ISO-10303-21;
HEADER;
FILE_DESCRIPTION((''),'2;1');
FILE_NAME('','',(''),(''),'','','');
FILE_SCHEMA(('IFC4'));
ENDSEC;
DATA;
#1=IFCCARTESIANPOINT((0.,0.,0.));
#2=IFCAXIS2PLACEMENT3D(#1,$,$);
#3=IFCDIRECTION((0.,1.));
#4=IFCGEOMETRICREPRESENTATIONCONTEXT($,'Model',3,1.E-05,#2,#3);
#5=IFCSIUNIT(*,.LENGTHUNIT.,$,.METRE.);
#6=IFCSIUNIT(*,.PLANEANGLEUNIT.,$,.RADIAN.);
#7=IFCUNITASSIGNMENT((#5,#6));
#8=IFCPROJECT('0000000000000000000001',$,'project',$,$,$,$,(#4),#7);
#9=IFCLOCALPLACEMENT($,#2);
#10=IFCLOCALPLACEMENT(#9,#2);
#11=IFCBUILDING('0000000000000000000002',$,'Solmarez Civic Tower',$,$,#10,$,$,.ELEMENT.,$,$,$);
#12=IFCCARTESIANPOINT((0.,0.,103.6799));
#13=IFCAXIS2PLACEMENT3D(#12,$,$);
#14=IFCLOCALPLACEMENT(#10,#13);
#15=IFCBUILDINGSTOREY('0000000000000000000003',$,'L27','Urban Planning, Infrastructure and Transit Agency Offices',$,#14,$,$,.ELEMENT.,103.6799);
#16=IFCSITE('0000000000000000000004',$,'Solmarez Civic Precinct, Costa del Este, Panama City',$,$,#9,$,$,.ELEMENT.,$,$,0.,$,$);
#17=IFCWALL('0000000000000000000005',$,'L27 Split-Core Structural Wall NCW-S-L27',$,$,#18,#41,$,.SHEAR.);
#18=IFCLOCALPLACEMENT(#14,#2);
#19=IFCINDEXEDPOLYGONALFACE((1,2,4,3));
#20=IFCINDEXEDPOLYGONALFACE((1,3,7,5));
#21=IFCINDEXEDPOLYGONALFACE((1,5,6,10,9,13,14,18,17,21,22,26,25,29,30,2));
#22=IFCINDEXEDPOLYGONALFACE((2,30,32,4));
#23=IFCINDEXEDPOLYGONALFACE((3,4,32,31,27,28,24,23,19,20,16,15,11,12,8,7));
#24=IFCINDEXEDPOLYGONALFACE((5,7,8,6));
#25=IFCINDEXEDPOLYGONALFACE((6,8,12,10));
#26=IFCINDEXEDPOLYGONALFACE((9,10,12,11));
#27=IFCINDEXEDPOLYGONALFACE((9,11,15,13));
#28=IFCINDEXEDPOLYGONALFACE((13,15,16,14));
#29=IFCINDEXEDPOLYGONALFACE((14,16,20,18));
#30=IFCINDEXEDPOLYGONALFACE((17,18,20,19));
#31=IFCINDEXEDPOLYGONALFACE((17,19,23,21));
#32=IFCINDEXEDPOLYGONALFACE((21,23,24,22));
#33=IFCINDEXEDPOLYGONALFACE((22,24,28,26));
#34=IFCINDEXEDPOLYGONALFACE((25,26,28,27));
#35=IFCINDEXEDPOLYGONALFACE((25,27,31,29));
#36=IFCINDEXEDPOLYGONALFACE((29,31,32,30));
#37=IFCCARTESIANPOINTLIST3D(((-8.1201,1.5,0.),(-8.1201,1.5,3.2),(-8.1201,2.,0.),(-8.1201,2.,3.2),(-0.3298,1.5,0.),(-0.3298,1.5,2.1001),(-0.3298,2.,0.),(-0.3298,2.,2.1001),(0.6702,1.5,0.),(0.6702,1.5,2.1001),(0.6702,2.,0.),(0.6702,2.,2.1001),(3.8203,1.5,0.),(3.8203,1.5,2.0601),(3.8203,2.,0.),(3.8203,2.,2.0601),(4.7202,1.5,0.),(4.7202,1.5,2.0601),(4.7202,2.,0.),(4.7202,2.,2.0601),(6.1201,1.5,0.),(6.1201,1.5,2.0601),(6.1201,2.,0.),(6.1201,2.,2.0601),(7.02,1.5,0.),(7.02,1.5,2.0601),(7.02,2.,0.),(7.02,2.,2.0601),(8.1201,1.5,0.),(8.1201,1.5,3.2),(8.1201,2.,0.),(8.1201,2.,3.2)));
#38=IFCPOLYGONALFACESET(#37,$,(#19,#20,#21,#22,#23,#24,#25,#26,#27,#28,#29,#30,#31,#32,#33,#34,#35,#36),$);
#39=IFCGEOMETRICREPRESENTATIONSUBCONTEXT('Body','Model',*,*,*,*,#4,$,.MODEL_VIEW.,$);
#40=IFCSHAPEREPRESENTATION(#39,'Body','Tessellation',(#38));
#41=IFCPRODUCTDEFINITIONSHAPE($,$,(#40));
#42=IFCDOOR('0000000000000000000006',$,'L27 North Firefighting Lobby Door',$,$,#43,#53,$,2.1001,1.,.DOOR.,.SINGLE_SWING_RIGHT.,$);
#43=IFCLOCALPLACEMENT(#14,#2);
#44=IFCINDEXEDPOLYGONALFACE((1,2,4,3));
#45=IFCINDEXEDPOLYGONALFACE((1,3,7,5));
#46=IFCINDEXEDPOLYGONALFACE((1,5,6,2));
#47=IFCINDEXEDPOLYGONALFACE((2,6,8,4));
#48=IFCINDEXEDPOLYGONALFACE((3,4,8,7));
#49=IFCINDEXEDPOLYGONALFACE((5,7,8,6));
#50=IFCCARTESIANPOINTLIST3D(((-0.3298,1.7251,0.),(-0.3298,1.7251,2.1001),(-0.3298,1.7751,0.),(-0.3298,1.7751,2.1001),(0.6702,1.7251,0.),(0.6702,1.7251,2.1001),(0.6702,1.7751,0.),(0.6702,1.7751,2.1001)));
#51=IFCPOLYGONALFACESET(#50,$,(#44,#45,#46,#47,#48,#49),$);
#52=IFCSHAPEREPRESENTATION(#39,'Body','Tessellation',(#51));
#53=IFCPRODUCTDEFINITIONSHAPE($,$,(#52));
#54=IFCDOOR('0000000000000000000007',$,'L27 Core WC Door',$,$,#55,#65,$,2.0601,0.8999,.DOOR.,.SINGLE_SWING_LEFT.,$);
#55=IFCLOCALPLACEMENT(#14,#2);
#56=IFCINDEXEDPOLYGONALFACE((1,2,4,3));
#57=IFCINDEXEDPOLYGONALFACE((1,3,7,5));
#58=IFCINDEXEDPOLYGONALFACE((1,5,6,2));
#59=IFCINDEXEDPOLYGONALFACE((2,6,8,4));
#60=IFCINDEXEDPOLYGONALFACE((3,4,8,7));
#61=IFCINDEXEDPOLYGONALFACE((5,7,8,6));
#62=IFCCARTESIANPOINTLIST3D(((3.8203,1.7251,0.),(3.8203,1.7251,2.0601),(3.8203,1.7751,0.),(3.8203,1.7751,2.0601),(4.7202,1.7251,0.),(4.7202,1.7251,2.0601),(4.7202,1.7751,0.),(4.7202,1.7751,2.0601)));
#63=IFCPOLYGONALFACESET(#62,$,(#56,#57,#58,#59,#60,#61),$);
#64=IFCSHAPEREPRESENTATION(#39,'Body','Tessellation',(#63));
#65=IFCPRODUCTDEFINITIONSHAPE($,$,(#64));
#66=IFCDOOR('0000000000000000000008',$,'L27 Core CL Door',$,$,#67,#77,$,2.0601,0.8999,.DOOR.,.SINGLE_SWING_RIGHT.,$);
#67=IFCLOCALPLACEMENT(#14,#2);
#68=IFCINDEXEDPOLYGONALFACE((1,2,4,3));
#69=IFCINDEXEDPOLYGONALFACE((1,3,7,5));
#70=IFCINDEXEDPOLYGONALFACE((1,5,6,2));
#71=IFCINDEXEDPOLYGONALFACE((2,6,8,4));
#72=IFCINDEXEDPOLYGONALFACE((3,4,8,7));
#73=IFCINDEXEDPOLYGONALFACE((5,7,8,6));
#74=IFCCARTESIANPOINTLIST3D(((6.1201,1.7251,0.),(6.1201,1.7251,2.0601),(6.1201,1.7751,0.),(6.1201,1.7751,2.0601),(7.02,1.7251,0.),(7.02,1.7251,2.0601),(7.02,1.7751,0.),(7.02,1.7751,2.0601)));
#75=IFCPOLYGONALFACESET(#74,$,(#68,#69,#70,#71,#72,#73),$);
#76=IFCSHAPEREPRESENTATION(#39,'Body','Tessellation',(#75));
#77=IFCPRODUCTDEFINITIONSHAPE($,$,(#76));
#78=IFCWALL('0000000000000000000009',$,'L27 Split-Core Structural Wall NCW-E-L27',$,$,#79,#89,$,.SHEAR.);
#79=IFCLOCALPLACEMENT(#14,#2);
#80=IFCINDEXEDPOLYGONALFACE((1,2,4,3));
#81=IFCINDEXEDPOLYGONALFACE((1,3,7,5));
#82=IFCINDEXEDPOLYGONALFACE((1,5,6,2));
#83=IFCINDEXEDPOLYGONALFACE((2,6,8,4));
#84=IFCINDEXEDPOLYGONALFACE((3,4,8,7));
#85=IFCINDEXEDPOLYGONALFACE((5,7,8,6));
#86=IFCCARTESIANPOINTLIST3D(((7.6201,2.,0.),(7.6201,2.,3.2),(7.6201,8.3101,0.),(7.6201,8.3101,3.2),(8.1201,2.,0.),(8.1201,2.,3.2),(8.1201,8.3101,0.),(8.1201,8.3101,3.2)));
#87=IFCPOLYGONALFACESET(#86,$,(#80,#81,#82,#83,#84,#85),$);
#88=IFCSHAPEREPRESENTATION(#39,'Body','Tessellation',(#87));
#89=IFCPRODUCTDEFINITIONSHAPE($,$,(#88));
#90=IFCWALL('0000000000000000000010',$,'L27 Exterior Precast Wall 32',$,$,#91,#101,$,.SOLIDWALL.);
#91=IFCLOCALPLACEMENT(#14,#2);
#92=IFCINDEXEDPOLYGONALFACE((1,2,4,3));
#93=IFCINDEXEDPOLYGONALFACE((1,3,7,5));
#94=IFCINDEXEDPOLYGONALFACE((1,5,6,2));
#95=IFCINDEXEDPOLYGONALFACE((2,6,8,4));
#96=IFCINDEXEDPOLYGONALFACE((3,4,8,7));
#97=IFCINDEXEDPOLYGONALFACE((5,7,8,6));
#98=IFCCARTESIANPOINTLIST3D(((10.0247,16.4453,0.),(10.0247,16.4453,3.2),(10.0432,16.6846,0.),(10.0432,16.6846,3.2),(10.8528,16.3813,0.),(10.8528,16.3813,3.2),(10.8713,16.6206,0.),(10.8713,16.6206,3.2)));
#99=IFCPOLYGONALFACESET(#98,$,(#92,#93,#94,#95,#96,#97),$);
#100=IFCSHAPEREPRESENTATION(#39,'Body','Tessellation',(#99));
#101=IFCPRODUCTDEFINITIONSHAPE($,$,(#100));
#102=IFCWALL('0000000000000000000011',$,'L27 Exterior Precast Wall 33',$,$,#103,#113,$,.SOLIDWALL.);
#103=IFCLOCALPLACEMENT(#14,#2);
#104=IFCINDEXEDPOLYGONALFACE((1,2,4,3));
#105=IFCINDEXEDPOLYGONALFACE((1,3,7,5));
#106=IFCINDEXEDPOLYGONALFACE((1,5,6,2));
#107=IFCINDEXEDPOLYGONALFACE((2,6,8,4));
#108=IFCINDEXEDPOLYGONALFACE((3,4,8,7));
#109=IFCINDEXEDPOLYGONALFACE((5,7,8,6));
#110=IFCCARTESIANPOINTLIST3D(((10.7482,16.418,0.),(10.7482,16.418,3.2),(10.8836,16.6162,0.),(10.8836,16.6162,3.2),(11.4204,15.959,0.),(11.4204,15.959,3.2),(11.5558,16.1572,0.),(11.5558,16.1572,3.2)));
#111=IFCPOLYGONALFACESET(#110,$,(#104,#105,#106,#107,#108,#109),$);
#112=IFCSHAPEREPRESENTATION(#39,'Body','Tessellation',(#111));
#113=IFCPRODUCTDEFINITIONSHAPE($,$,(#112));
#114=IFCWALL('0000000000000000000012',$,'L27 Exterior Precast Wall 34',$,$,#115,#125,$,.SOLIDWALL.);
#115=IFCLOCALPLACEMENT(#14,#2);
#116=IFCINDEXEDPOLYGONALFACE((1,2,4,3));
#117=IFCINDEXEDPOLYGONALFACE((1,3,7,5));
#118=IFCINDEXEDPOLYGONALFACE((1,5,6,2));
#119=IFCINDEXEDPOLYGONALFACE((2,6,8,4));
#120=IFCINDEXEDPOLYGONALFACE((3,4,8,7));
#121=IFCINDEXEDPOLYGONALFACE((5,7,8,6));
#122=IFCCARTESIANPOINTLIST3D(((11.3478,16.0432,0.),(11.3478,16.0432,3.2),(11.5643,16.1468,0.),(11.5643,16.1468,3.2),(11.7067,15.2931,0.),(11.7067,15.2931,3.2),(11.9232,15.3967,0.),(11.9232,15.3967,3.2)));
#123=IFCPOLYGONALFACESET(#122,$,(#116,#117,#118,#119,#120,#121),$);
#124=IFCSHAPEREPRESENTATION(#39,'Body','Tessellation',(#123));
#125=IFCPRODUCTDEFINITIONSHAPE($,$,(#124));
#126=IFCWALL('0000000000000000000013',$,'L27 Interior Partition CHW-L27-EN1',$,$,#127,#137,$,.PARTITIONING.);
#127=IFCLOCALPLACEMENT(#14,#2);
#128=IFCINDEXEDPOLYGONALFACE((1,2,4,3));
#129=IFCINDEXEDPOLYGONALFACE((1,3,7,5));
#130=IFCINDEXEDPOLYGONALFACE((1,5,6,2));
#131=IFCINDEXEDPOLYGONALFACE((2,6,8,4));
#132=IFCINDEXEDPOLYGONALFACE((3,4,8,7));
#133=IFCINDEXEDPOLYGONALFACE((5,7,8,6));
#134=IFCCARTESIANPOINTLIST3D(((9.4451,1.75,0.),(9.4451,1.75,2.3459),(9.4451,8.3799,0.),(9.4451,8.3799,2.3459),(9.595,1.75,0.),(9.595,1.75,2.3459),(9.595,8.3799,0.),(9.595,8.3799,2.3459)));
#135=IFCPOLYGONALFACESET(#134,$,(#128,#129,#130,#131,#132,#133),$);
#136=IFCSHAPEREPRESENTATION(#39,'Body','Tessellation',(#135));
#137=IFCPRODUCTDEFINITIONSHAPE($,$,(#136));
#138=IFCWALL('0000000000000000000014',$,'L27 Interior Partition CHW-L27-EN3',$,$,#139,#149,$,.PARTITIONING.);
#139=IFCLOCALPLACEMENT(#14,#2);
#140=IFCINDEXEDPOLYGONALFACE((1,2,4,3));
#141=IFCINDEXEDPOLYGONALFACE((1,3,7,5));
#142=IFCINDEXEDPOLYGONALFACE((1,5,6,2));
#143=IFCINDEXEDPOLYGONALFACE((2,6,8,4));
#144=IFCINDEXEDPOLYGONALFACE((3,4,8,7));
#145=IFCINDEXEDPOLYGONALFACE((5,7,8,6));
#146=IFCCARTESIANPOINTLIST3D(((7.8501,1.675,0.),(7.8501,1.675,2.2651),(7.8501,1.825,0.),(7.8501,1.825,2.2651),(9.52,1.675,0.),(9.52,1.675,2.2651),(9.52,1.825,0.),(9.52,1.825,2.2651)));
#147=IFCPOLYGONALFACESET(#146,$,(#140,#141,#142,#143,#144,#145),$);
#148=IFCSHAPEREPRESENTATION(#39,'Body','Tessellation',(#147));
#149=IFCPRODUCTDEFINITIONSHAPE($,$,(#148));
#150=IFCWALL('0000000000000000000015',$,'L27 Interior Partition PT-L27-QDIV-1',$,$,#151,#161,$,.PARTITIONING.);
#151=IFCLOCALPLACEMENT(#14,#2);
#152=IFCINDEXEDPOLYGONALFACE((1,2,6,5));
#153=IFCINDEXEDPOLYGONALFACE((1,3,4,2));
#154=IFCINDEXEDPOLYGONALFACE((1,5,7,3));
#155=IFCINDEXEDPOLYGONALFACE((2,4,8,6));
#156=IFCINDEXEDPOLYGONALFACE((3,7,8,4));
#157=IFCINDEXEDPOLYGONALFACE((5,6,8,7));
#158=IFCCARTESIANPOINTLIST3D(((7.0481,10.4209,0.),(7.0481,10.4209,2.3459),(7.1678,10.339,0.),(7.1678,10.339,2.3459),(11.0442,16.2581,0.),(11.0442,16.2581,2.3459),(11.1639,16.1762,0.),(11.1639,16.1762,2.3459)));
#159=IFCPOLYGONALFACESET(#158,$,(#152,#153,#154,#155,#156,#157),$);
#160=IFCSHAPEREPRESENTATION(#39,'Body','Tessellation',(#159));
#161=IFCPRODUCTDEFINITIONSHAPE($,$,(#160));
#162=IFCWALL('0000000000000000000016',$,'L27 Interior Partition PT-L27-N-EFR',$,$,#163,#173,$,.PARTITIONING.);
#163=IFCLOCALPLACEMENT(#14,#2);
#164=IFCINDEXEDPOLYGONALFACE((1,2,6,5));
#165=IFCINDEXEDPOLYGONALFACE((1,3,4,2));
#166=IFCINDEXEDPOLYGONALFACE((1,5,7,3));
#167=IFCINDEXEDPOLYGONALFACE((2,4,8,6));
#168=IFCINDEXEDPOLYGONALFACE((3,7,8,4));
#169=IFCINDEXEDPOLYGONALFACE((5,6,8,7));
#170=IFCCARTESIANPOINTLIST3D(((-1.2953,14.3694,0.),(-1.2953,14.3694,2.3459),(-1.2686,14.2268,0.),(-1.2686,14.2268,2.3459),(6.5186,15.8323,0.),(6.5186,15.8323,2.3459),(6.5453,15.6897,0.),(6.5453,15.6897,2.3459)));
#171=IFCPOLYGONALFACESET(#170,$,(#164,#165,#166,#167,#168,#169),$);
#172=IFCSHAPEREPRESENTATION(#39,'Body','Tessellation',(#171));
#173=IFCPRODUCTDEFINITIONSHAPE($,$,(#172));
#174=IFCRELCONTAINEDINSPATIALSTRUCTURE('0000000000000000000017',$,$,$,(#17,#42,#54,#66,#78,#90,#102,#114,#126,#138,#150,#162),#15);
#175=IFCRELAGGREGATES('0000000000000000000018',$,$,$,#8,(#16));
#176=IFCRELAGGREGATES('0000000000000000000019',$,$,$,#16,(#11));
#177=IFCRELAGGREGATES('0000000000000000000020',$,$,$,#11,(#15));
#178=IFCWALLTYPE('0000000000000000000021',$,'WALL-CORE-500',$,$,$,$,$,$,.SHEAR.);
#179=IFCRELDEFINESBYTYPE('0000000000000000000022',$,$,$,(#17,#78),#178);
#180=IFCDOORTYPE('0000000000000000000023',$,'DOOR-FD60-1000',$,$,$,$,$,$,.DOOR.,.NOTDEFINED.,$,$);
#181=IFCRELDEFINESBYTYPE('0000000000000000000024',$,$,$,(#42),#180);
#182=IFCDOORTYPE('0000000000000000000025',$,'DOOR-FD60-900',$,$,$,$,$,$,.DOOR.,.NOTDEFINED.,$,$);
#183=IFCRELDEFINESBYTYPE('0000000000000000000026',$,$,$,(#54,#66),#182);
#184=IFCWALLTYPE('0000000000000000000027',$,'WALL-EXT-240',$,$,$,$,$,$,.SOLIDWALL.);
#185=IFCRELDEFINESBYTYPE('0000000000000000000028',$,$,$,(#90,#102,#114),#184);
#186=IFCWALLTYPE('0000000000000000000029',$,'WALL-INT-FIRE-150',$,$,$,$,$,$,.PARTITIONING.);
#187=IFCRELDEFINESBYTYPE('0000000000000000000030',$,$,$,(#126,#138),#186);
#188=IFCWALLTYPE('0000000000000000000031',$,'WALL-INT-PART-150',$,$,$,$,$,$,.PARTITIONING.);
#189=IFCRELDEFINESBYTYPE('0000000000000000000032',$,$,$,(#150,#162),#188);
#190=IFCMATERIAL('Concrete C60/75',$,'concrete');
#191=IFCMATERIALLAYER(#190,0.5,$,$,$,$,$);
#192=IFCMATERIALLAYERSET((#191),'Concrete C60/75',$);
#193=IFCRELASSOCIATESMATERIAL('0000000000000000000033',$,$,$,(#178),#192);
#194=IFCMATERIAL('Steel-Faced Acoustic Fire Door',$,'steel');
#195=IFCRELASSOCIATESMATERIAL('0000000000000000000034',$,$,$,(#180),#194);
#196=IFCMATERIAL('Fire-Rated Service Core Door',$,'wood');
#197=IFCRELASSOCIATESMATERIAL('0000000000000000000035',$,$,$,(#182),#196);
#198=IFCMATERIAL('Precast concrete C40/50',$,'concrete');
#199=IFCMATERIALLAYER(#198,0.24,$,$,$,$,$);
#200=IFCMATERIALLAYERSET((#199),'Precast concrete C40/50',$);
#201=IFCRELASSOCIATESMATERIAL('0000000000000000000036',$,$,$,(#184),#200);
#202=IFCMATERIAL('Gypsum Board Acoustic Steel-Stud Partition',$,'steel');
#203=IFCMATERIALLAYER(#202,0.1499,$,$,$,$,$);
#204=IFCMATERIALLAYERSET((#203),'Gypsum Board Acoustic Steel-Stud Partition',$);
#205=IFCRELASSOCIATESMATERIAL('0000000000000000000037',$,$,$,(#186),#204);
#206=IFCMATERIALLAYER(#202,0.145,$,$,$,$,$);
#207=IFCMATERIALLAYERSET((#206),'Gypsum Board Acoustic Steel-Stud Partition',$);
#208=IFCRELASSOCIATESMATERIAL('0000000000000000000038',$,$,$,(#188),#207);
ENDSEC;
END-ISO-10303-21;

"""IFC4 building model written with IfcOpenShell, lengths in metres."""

from ifc_helpers import new_model, si_unit, direction, frame, frame_2d, origin, place, context, subcontext, project, spatial, rectangle, extrude, material, layer, layer_set, type_object, element, fill, save


model = new_model("IFC4")

# Units and contexts
model_context = context("Model", 3, precision=1e-05, world=origin(), true_north=direction((0.0, 1.0)))
body_context = subcontext(model_context, "Body", "Model", "MODEL_VIEW")
ifc_project = project(units=[si_unit("LENGTHUNIT", "METRE"), si_unit("PLANEANGLEUNIT", "RADIAN")], contexts=[model_context])

# Site, building, storey
site_placement = place(None, origin())
site = spatial("IfcSite", under=ifc_project, at=site_placement, Name="Solmarez Civic Precinct, Costa del Este, Panama City", CompositionType="ELEMENT", RefElevation=0.0)
building_placement = place(site_placement, origin())
building = spatial("IfcBuilding", under=site, at=building_placement, Name="Solmarez Civic Tower", CompositionType="ELEMENT")
storey_placement = place(building_placement, frame((0.0, 0.0, 103.6799)))
storey = spatial("IfcBuildingStorey", under=building, at=storey_placement, Name="L27", Description="Urban Planning, Infrastructure and Transit Agency Offices", CompositionType="ELEMENT", Elevation=103.6799)

# Shared definitions
ifc_material_1 = material(Name="Concrete C60/75", Category="concrete")

# Wall, openings, doors
ifc_layer_1 = layer(ifc_material_1, 0.5)
ifc_layer_set_1 = layer_set([ifc_layer_1], Name="Concrete C60/75")
wall_type_1 = type_object("IfcWallType", Name="WALL-CORE-500", PredefinedType="SHEAR", material=ifc_layer_set_1)
wall_1_placement = place(storey_placement, frame((8.1201, 1.75, 0.0), z_axis=(0.0, 0.0, 1.0), x_axis=(-1.0, 0.0, 0.0)))
wall_1 = element("IfcWall", 1, at=wall_1_placement, inside=storey, type_object=wall_type_1, Name="L27 Split-Core Structural Wall NCW-S-L27", PredefinedType="SHEAR", context=body_context, shape_type="SweptSolid", body=[
    extrude(rectangle(XDim=16.2402, YDim=0.5, at=frame_2d((8.1201, 0.0))), origin(), (0.0, 0.0, 1.0), 3.2),
])
opening_1_placement = place(wall_1_placement, frame((7.45, 0.0, 0.0)))
opening_1 = element("IfcOpeningElement", 2, at=opening_1_placement, cuts=wall_1, PredefinedType="OPENING", context=body_context, shape_type="SweptSolid", body=[
    extrude(rectangle(XDim=1.0, YDim=2.1001, at=frame_2d((0.5, 1.05))), frame((0.0, 0.26, 0.0), z_axis=(0.0, -1.0, 0.0), x_axis=(1.0, 0.0, 0.0)), (0.0, 0.0, 1.0), 0.52),
])
opening_2_placement = place(wall_1_placement, frame((3.3999, 0.0, 0.0)))
opening_2 = element("IfcOpeningElement", 3, at=opening_2_placement, cuts=wall_1, PredefinedType="OPENING", context=body_context, shape_type="SweptSolid", body=[
    extrude(rectangle(XDim=0.8999, YDim=2.0601, at=frame_2d((0.45, 1.03))), frame((0.0, 0.26, 0.0), z_axis=(0.0, -1.0, 0.0), x_axis=(1.0, 0.0, 0.0)), (0.0, 0.0, 1.0), 0.52),
])
opening_3_placement = place(wall_1_placement, frame((1.1001, 0.0, 0.0)))
opening_3 = element("IfcOpeningElement", 4, at=opening_3_placement, cuts=wall_1, PredefinedType="OPENING", context=body_context, shape_type="SweptSolid", body=[
    extrude(rectangle(XDim=0.8999, YDim=2.0601, at=frame_2d((0.45, 1.03))), frame((0.0, 0.26, 0.0), z_axis=(0.0, -1.0, 0.0), x_axis=(1.0, 0.0, 0.0)), (0.0, 0.0, 1.0), 0.52),
])
ifc_material_2 = material(Name="Steel-Faced Acoustic Fire Door", Category="steel")
door_type_1 = type_object("IfcDoorType", Name="DOOR-FD60-1000", OperationType="NOTDEFINED", PredefinedType="DOOR", material=ifc_material_2)
door_1_placement = place(opening_1_placement, origin())
door_1 = element("IfcDoor", 5, at=door_1_placement, inside=storey, type_object=door_type_1, Name="L27 North Firefighting Lobby Door", OperationType="SINGLE_SWING_RIGHT", OverallHeight=2.1001, OverallWidth=1.0, PredefinedType="DOOR", context=body_context, shape_type="SweptSolid", body=[
    extrude(rectangle(XDim=1.0, YDim=2.1001, at=frame_2d((0.5, 1.05))), frame((0.0, 0.0249, 0.0), z_axis=(0.0, -1.0, 0.0), x_axis=(1.0, 0.0, 0.0)), (0.0, 0.0, 1.0), 0.05),
])
fill(opening_1, door_1)
ifc_material_3 = material(Name="Fire-Rated Service Core Door", Category="wood")
door_type_2 = type_object("IfcDoorType", Name="DOOR-FD60-900", OperationType="NOTDEFINED", PredefinedType="DOOR", material=ifc_material_3)
door_2_placement = place(opening_2_placement, origin())
door_2 = element("IfcDoor", 6, at=door_2_placement, inside=storey, type_object=door_type_2, Name="L27 Core WC Door", OperationType="SINGLE_SWING_LEFT", OverallHeight=2.0601, OverallWidth=0.8999, PredefinedType="DOOR", context=body_context, shape_type="SweptSolid", body=[
    extrude(rectangle(XDim=0.8999, YDim=2.0601, at=frame_2d((0.45, 1.03))), frame((0.0, 0.0249, 0.0), z_axis=(0.0, -1.0, 0.0), x_axis=(1.0, 0.0, 0.0)), (0.0, 0.0, 1.0), 0.05),
])
fill(opening_2, door_2)
door_3_placement = place(opening_3_placement, origin())
door_3 = element("IfcDoor", 7, at=door_3_placement, inside=storey, type_object=door_type_2, Name="L27 Core CL Door", OperationType="SINGLE_SWING_RIGHT", OverallHeight=2.0601, OverallWidth=0.8999, PredefinedType="DOOR", context=body_context, shape_type="SweptSolid", body=[
    extrude(rectangle(XDim=0.8999, YDim=2.0601, at=frame_2d((0.45, 1.03))), frame((0.0, 0.0249, 0.0), z_axis=(0.0, -1.0, 0.0), x_axis=(1.0, 0.0, 0.0)), (0.0, 0.0, 1.0), 0.05),
])
fill(opening_3, door_3)

# Walls
wall_2_placement = place(storey_placement, frame((7.8701, 8.3101, 0.0), z_axis=(0.0, 0.0, 1.0), x_axis=(0.0, -1.0, 0.0)))
element("IfcWall", 8, at=wall_2_placement, inside=storey, type_object=wall_type_1, Name="L27 Split-Core Structural Wall NCW-E-L27", PredefinedType="SHEAR", context=body_context, shape_type="SweptSolid", body=[
    extrude(rectangle(XDim=6.3101, YDim=0.5, at=frame_2d((3.155, 0.0))), origin(), (0.0, 0.0, 1.0), 3.2),
])
ifc_material_4 = material(Name="Precast concrete C40/50", Category="concrete")
ifc_layer_2 = layer(ifc_material_4, 0.24)
ifc_layer_set_2 = layer_set([ifc_layer_2], Name="Precast concrete C40/50")
wall_type_2 = type_object("IfcWallType", Name="WALL-EXT-240", PredefinedType="SOLIDWALL", material=ifc_layer_set_2)
wall_3_placement = place(storey_placement, frame((10.0339, 16.5649, 0.0), z_axis=(0.0, 0.0, 1.0), x_axis=(0.99703, -0.077011, 0.0)))
element("IfcWall", 9, at=wall_3_placement, inside=storey, type_object=wall_type_2, Name="L27 Exterior Precast Wall 32", PredefinedType="SOLIDWALL", context=body_context, shape_type="SweptSolid", body=[
    extrude(rectangle(XDim=0.8306, YDim=0.24, at=frame_2d((0.4153, 0.0))), origin(), (0.0, 0.0, 1.0), 3.2),
])
wall_4_placement = place(storey_placement, frame((10.8159, 16.5171, 0.0), z_axis=(0.0, 0.0, 1.0), x_axis=(0.825815, -0.563942, 0.0)))
element("IfcWall", 10, at=wall_4_placement, inside=storey, type_object=wall_type_2, Name="L27 Exterior Precast Wall 33", PredefinedType="SOLIDWALL", context=body_context, shape_type="SweptSolid", body=[
    extrude(rectangle(XDim=0.814, YDim=0.24, at=frame_2d((0.407, 0.0))), origin(), (0.0, 0.0, 1.0), 3.2),
])
wall_5_placement = place(storey_placement, frame((11.4561, 16.095, 0.0), z_axis=(0.0, 0.0, 1.0), x_axis=(0.431643, -0.902045, 0.0)))
element("IfcWall", 11, at=wall_5_placement, inside=storey, type_object=wall_type_2, Name="L27 Exterior Precast Wall 34", PredefinedType="SOLIDWALL", context=body_context, shape_type="SweptSolid", body=[
    extrude(rectangle(XDim=0.8315, YDim=0.24, at=frame_2d((0.4158, 0.0))), origin(), (0.0, 0.0, 1.0), 3.2),
])
ifc_material_5 = material(Name="Gypsum Board Acoustic Steel-Stud Partition", Category="steel")
ifc_layer_3 = layer(ifc_material_5, 0.1499)
ifc_layer_set_3 = layer_set([ifc_layer_3], Name="Gypsum Board Acoustic Steel-Stud Partition")
wall_type_3 = type_object("IfcWallType", Name="WALL-INT-FIRE-150", PredefinedType="PARTITIONING", material=ifc_layer_set_3)
wall_6_placement = place(storey_placement, frame((9.52, 1.75, 0.0), z_axis=(0.0, 0.0, 1.0), x_axis=(0.0, 1.0, 0.0)))
element("IfcWall", 12, at=wall_6_placement, inside=storey, type_object=wall_type_3, Name="L27 Interior Partition CHW-L27-EN1", PredefinedType="PARTITIONING", context=body_context, shape_type="SweptSolid", body=[
    extrude(rectangle(XDim=6.6299, YDim=0.1499, at=frame_2d((3.3149, 0.0))), origin(), (0.0, 0.0, 1.0), 2.3459),
])
wall_7_placement = place(storey_placement, frame((7.8501, 1.75, 0.0), z_axis=(0.0, 0.0, 1.0), x_axis=(1.0, 0.0, 0.0)))
element("IfcWall", 13, at=wall_7_placement, inside=storey, type_object=wall_type_3, Name="L27 Interior Partition CHW-L27-EN3", PredefinedType="PARTITIONING", context=body_context, shape_type="SweptSolid", body=[
    extrude(rectangle(XDim=1.6699, YDim=0.1499, at=frame_2d((0.835, 0.0))), origin(), (0.0, 0.0, 1.0), 2.2651),
])
ifc_layer_4 = layer(ifc_material_5, 0.145)
ifc_layer_set_4 = layer_set([ifc_layer_4], Name="Gypsum Board Acoustic Steel-Stud Partition")
wall_type_4 = type_object("IfcWallType", Name="WALL-INT-PART-150", PredefinedType="PARTITIONING", material=ifc_layer_set_4)
wall_8_placement = place(storey_placement, frame((7.1079, 10.3799, 0.0), z_axis=(0.0, 0.0, 1.0), x_axis=(0.5649, 0.825159, 0.0)))
element("IfcWall", 14, at=wall_8_placement, inside=storey, type_object=wall_type_4, Name="L27 Interior Partition PT-L27-QDIV-1", PredefinedType="PARTITIONING", context=body_context, shape_type="SweptSolid", body=[
    extrude(rectangle(XDim=7.074, YDim=0.145, at=frame_2d((3.5371, 0.0))), origin(), (0.0, 0.0, 1.0), 2.3459),
])
wall_9_placement = place(storey_placement, frame((6.532, 15.761, 0.0), z_axis=(0.0, 0.0, 1.0), x_axis=(-0.982923, -0.184018, 0.0)))
element("IfcWall", 15, at=wall_9_placement, inside=storey, type_object=wall_type_4, Name="L27 Interior Partition PT-L27-N-EFR", PredefinedType="PARTITIONING", context=body_context, shape_type="SweptSolid", body=[
    extrude(rectangle(XDim=7.9497, YDim=0.145, at=frame_2d((3.9749, 0.0))), origin(), (0.0, 0.0, 1.0), 2.3459),
])

save(model, "model.ifc")
